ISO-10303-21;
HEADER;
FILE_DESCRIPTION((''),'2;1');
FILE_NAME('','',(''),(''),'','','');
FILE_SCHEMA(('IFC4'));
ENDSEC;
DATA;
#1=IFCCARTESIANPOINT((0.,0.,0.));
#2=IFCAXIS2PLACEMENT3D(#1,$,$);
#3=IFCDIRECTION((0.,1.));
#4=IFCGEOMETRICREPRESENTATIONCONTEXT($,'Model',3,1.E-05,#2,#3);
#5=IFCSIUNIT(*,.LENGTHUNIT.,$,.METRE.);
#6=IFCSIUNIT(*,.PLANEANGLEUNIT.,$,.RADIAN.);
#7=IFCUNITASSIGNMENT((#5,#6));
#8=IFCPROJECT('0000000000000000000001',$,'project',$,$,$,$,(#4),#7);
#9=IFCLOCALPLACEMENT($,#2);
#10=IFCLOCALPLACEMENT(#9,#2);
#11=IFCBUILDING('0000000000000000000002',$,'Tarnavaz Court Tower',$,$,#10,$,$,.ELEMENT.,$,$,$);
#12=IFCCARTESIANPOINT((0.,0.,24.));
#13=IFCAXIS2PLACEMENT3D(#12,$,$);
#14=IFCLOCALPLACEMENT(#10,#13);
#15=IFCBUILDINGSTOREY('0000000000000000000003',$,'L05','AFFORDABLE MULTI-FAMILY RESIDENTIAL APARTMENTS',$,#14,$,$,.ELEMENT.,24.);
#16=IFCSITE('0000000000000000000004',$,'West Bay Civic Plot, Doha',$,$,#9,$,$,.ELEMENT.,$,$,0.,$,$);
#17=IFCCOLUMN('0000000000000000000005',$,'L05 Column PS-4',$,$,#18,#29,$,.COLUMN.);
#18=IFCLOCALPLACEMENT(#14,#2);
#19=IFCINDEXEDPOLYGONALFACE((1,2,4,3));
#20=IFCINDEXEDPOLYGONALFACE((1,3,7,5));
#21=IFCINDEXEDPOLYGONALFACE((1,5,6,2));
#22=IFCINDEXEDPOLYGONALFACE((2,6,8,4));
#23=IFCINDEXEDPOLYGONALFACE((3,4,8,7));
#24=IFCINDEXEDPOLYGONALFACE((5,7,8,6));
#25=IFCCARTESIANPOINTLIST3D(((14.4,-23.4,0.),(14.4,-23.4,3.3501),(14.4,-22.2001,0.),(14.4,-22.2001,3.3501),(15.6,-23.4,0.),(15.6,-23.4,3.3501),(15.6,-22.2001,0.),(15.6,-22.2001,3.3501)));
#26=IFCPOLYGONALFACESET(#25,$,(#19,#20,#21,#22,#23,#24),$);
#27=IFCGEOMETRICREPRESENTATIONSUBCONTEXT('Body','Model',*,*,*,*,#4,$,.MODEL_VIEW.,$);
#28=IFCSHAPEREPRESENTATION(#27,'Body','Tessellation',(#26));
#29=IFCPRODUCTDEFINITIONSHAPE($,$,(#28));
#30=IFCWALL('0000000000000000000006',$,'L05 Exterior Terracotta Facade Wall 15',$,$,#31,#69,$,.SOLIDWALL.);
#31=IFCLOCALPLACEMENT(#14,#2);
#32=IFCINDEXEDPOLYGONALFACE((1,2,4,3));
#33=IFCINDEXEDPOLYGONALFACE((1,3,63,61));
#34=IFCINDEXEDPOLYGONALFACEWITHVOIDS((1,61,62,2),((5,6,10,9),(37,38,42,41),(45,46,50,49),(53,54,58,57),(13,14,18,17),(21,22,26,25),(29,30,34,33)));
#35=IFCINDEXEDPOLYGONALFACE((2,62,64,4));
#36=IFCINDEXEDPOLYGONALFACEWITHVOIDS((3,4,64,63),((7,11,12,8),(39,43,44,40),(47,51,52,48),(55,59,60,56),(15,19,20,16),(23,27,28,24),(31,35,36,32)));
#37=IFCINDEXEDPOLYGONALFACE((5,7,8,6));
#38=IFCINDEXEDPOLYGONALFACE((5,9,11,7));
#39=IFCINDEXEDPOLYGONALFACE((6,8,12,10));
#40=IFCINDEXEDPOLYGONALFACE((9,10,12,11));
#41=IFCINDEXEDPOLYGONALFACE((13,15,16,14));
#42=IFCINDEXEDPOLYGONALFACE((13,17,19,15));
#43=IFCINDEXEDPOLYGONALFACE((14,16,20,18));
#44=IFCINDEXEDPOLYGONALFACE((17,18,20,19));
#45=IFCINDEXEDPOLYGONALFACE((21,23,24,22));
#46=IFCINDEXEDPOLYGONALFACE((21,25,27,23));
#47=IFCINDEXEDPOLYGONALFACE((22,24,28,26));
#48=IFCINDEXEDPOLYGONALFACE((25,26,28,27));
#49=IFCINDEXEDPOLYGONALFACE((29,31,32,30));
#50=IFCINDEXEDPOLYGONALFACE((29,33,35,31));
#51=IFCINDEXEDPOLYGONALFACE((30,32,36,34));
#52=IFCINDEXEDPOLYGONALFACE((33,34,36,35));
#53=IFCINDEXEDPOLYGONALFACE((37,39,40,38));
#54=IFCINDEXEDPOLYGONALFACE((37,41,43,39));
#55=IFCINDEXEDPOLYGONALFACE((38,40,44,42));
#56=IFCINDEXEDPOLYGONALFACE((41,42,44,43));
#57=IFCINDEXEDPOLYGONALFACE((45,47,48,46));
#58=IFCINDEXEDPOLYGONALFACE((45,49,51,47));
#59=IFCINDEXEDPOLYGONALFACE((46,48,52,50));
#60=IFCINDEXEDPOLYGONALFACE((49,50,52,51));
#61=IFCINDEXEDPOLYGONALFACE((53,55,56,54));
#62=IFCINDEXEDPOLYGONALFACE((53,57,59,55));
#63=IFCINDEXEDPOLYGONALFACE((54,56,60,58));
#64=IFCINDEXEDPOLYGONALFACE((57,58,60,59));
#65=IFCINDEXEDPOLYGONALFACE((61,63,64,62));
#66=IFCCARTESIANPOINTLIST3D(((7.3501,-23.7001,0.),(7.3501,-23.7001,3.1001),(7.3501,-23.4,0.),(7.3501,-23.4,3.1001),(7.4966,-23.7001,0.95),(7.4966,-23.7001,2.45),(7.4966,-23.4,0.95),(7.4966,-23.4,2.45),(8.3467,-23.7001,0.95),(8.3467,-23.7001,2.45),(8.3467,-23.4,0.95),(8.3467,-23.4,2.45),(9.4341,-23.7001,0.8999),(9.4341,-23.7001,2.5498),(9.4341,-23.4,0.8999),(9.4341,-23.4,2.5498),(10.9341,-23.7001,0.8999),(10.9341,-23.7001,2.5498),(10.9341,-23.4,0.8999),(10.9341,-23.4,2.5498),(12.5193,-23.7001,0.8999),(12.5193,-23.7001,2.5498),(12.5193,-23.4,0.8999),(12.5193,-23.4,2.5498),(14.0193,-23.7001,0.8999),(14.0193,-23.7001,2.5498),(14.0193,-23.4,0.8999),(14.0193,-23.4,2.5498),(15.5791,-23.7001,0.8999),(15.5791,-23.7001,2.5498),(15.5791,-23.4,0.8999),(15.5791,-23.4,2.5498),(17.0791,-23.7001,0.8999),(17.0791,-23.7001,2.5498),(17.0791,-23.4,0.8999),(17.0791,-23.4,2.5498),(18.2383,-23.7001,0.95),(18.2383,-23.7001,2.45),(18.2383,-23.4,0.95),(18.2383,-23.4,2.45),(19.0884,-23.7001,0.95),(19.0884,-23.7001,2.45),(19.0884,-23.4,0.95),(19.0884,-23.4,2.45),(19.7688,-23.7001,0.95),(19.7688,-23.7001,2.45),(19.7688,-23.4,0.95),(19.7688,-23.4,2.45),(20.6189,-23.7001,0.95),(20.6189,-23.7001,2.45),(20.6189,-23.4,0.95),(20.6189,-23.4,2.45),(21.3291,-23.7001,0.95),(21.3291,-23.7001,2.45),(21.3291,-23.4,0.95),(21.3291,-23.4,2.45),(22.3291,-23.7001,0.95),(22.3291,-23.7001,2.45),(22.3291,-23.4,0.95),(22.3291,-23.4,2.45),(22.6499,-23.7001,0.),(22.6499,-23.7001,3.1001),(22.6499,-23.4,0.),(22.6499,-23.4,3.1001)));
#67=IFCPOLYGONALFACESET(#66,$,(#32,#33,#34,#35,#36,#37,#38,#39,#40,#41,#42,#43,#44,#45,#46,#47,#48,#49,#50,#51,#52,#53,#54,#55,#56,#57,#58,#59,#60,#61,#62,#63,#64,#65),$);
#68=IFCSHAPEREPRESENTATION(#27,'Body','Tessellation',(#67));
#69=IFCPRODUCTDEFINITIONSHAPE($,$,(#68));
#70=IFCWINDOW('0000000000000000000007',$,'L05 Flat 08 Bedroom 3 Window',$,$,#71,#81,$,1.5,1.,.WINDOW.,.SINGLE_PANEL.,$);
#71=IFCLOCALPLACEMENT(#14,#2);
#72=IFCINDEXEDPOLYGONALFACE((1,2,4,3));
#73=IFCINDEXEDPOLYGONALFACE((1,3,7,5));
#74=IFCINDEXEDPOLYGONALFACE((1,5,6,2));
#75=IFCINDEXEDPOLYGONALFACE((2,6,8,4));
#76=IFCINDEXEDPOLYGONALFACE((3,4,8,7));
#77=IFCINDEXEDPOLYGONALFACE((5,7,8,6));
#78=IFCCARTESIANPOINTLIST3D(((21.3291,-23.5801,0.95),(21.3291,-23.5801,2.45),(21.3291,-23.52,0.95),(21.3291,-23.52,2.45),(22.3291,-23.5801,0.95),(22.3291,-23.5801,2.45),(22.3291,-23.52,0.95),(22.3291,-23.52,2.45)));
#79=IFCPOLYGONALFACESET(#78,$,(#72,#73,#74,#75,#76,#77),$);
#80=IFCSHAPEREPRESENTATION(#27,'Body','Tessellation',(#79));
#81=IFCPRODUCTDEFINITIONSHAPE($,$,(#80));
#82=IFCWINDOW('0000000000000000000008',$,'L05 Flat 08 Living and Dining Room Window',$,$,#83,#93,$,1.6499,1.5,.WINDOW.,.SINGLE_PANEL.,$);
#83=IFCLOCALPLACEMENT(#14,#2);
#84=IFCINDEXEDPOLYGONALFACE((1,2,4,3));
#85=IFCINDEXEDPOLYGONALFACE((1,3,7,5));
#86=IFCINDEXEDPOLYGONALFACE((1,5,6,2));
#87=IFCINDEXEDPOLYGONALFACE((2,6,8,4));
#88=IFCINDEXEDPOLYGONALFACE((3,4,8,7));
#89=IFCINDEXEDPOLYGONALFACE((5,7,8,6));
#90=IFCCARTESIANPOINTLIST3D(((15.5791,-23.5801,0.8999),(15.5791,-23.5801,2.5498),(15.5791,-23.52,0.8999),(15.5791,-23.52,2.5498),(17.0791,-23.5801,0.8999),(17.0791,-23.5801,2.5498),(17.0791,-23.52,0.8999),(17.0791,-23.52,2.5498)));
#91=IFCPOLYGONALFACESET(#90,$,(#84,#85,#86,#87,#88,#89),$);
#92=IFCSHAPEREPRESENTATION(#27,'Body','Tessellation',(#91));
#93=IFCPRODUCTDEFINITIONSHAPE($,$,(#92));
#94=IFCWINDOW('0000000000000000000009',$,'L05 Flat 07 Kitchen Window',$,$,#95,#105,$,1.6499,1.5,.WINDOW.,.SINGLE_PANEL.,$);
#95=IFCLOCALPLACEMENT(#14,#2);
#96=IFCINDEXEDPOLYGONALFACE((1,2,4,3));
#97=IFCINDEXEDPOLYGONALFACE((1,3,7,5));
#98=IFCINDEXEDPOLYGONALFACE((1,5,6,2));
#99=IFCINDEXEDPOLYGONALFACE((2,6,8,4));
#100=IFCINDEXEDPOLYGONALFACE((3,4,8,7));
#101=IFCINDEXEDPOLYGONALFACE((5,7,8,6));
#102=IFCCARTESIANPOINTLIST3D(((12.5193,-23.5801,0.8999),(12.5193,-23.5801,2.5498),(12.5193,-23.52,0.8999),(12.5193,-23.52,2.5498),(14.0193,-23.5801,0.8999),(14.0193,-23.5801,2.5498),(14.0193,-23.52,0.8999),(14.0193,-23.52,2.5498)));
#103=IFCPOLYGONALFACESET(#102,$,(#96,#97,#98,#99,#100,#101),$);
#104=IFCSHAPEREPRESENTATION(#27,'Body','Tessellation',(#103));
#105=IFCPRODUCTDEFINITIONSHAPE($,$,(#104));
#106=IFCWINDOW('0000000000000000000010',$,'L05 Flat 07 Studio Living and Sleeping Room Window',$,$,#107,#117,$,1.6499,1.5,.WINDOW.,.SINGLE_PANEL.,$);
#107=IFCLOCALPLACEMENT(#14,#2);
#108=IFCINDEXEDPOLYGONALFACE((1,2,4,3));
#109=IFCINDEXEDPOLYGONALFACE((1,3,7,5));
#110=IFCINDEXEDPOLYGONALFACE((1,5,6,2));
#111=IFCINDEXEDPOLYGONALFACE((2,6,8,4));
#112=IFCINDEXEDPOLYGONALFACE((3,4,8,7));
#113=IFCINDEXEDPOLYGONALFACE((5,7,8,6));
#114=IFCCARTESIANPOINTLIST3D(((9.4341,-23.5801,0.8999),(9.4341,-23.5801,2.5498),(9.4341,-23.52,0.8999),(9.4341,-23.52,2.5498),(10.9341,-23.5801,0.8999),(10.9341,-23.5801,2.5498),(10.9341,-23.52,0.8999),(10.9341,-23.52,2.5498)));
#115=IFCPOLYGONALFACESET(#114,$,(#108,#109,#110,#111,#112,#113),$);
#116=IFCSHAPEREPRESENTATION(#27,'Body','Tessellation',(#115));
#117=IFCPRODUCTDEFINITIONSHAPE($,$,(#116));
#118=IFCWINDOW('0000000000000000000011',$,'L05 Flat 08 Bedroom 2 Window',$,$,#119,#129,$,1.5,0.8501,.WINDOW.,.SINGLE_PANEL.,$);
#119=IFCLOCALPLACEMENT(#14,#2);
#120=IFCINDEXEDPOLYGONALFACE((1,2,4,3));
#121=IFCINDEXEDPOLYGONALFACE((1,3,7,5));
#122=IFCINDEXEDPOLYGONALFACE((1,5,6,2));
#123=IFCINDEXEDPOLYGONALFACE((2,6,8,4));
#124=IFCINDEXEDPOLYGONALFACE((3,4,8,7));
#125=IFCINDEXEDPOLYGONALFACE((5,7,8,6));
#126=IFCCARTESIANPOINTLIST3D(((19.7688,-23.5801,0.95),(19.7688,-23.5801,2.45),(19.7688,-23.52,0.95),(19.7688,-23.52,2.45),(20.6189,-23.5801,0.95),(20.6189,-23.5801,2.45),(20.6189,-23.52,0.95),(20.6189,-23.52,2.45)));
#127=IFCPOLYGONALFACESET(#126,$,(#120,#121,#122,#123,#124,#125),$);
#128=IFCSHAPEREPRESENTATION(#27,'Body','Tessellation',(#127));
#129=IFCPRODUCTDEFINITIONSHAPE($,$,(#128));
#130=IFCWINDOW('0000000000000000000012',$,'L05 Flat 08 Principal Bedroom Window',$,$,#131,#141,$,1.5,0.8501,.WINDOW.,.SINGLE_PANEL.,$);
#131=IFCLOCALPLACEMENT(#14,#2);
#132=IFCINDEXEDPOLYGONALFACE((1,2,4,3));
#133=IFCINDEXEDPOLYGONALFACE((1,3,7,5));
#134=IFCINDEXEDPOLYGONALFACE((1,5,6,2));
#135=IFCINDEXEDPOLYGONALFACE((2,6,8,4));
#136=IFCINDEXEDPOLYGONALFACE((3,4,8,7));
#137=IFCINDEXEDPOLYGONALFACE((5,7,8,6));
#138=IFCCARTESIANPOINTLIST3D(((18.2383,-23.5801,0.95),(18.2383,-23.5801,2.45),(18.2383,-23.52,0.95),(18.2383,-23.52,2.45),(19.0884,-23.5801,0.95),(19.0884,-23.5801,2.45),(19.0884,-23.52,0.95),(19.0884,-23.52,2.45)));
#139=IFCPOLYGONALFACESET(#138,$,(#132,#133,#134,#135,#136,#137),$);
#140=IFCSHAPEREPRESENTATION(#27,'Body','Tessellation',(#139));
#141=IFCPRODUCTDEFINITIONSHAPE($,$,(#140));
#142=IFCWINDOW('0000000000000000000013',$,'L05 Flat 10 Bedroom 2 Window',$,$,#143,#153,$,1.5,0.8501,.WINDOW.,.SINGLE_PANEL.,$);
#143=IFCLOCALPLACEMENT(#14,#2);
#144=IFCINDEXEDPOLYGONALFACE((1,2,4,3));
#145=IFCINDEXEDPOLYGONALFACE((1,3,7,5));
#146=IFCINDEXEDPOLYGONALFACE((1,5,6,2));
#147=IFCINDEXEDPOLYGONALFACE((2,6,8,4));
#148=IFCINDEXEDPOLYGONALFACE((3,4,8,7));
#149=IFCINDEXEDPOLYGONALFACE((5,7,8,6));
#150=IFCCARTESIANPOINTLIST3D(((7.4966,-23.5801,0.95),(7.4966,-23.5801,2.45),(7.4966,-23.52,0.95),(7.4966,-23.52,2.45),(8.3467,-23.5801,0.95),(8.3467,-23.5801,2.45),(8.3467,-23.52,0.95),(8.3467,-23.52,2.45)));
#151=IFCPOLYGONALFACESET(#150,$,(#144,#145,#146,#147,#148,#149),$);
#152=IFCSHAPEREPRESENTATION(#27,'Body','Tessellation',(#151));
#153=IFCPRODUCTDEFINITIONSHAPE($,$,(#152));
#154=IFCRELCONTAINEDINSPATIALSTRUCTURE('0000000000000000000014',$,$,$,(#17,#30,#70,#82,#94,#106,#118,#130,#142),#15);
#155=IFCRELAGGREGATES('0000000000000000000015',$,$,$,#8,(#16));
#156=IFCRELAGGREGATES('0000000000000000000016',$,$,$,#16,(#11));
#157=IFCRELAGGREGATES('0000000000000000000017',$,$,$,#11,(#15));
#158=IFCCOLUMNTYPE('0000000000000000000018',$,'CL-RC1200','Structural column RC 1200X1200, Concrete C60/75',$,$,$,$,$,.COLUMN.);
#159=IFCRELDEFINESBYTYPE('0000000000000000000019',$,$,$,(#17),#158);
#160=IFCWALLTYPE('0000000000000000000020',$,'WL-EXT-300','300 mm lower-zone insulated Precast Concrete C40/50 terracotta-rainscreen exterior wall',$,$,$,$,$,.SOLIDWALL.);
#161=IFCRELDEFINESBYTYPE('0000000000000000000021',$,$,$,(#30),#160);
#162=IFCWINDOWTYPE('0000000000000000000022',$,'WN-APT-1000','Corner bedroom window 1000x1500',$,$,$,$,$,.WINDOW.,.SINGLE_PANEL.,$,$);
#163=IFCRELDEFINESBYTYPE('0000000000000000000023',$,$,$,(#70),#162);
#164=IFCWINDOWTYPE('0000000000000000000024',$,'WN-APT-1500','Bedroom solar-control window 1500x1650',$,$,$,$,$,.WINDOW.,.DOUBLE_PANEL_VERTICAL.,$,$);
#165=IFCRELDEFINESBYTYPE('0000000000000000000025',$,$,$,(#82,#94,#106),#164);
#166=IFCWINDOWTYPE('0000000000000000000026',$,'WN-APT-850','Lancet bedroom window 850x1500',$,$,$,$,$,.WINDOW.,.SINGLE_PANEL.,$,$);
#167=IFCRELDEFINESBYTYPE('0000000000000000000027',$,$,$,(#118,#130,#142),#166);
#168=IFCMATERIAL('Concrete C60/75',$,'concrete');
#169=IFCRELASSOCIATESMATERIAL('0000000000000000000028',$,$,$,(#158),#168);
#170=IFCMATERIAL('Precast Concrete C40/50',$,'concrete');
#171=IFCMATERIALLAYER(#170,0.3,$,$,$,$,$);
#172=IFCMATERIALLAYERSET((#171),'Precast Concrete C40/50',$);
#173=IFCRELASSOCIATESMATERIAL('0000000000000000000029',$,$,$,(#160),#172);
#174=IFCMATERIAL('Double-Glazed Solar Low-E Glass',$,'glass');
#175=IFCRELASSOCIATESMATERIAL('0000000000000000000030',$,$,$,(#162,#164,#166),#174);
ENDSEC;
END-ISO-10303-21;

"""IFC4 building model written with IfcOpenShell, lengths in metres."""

from ifc_helpers import new_model, si_unit, direction, frame, frame_2d, origin, origin_2d, place, context, subcontext, project, spatial, rectangle, extrude, material, layer, layer_set, material_profile, profile_set, type_object, element, fill, save


model = new_model("IFC4")

# Units and contexts
model_context = context("Model", 3, precision=1e-05, world=origin(), true_north=direction((0.0, 1.0)))
body_context = subcontext(model_context, "Body", "Model", "MODEL_VIEW")
ifc_project = project(units=[si_unit("LENGTHUNIT", "METRE"), si_unit("PLANEANGLEUNIT", "RADIAN")], contexts=[model_context])

# Site, building, storey
site_placement = place(None, origin())
site = spatial("IfcSite", under=ifc_project, at=site_placement, Name="West Bay Civic Plot, Doha", CompositionType="ELEMENT", RefElevation=0.0)
building_placement = place(site_placement, origin())
building = spatial("IfcBuilding", under=site, at=building_placement, Name="Tarnavaz Court Tower", CompositionType="ELEMENT")
storey_placement = place(building_placement, frame((0.0, 0.0, 24.0)))
storey = spatial("IfcBuildingStorey", under=building, at=storey_placement, Name="L05", Description="AFFORDABLE MULTI-FAMILY RESIDENTIAL APARTMENTS", CompositionType="ELEMENT", Elevation=24.0)

# Column
ifc_material_1 = material(Name="Concrete C60/75", Category="concrete")
ifc_material_profile_1 = material_profile(ifc_material_1, rectangle(XDim=1.2, YDim=1.2, at=origin_2d()), Name="RC 1200X1200")
ifc_profile_set_1 = profile_set([ifc_material_profile_1], Name="Concrete C60/75")
column_type = type_object("IfcColumnType", Name="CL-RC1200", Description="Structural column RC 1200X1200, Concrete C60/75", PredefinedType="COLUMN", material=ifc_profile_set_1)
column_placement = place(storey_placement, frame((15.0, -22.8, 0.0), z_axis=(0.0, 0.0, 1.0), x_axis=(1.0, 0.0, 0.0)))
element("IfcColumn", 1, at=column_placement, inside=storey, type_object=column_type, Name="L05 Column PS-4", PredefinedType="COLUMN", context=body_context, shape_type="SweptSolid", body=[
    extrude(rectangle(XDim=1.2, YDim=1.2, at=origin_2d()), origin(), (0.0, 0.0, 1.0), 3.3501),
])

# Wall, openings, windows
ifc_material_2 = material(Name="Precast Concrete C40/50", Category="concrete")
ifc_layer_1 = layer(ifc_material_2, 0.3)
ifc_layer_set_1 = layer_set([ifc_layer_1], Name="Precast Concrete C40/50")
wall_type_1 = type_object("IfcWallType", Name="WL-EXT-300", Description="300 mm lower-zone insulated Precast Concrete C40/50 terracotta-rainscreen exterior wall", PredefinedType="SOLIDWALL", material=ifc_layer_set_1)
wall_1_placement = place(storey_placement, frame((22.6499, -23.55, 0.0), z_axis=(0.0, 0.0, 1.0), x_axis=(-1.0, 0.0, 0.0)))
wall_1 = element("IfcWall", 2, at=wall_1_placement, inside=storey, type_object=wall_type_1, Name="L05 Exterior Terracotta Facade Wall 15", PredefinedType="SOLIDWALL", context=body_context, shape_type="SweptSolid", body=[
    extrude(rectangle(XDim=15.2998, YDim=0.3, at=frame_2d((7.6499, 0.0))), origin(), (0.0, 0.0, 1.0), 3.1001),
])
opening_1_placement = place(wall_1_placement, frame((0.3208, 0.0, 0.95)))
opening_1 = element("IfcOpeningElement", 3, at=opening_1_placement, cuts=wall_1, PredefinedType="OPENING", context=body_context, shape_type="SweptSolid", body=[
    extrude(rectangle(XDim=1.0, YDim=1.5, at=frame_2d((0.5, 0.75))), frame((0.0, 0.1599, 0.0), z_axis=(0.0, -1.0, 0.0), x_axis=(1.0, 0.0, 0.0)), (0.0, 0.0, 1.0), 0.3201),
])
opening_2_placement = place(wall_1_placement, frame((2.031, 0.0, 0.95)))
opening_2 = element("IfcOpeningElement", 4, at=opening_2_placement, cuts=wall_1, PredefinedType="OPENING", context=body_context, shape_type="SweptSolid", body=[
    extrude(rectangle(XDim=0.8501, YDim=1.5, at=frame_2d((0.425, 0.75))), frame((0.0, 0.1599, 0.0), z_axis=(0.0, -1.0, 0.0), x_axis=(1.0, 0.0, 0.0)), (0.0, 0.0, 1.0), 0.3201),
])
opening_3_placement = place(wall_1_placement, frame((3.5615, 0.0, 0.95)))
opening_3 = element("IfcOpeningElement", 5, at=opening_3_placement, cuts=wall_1, PredefinedType="OPENING", context=body_context, shape_type="SweptSolid", body=[
    extrude(rectangle(XDim=0.8501, YDim=1.5, at=frame_2d((0.425, 0.75))), frame((0.0, 0.1599, 0.0), z_axis=(0.0, -1.0, 0.0), x_axis=(1.0, 0.0, 0.0)), (0.0, 0.0, 1.0), 0.3201),
])
opening_4_placement = place(wall_1_placement, frame((5.5708, 0.0, 0.8999)))
opening_4 = element("IfcOpeningElement", 6, at=opening_4_placement, cuts=wall_1, PredefinedType="OPENING", context=body_context, shape_type="SweptSolid", body=[
    extrude(rectangle(XDim=1.5, YDim=1.6499, at=frame_2d((0.75, 0.825))), frame((0.0, 0.1599, 0.0), z_axis=(0.0, -1.0, 0.0), x_axis=(1.0, 0.0, 0.0)), (0.0, 0.0, 1.0), 0.3201),
])
opening_5_placement = place(wall_1_placement, frame((8.6306, 0.0, 0.8999)))
opening_5 = element("IfcOpeningElement", 7, at=opening_5_placement, cuts=wall_1, PredefinedType="OPENING", context=body_context, shape_type="SweptSolid", body=[
    extrude(rectangle(XDim=1.5, YDim=1.6499, at=frame_2d((0.75, 0.825))), frame((0.0, 0.1599, 0.0), z_axis=(0.0, -1.0, 0.0), x_axis=(1.0, 0.0, 0.0)), (0.0, 0.0, 1.0), 0.3201),
])
opening_6_placement = place(wall_1_placement, frame((11.7158, 0.0, 0.8999)))
opening_6 = element("IfcOpeningElement", 8, at=opening_6_placement, cuts=wall_1, PredefinedType="OPENING", context=body_context, shape_type="SweptSolid", body=[
    extrude(rectangle(XDim=1.5, YDim=1.6499, at=frame_2d((0.75, 0.825))), frame((0.0, 0.1599, 0.0), z_axis=(0.0, -1.0, 0.0), x_axis=(1.0, 0.0, 0.0)), (0.0, 0.0, 1.0), 0.3201),
])
opening_7_placement = place(wall_1_placement, frame((14.3032, 0.0, 0.95)))
opening_7 = element("IfcOpeningElement", 9, at=opening_7_placement, cuts=wall_1, PredefinedType="OPENING", context=body_context, shape_type="SweptSolid", body=[
    extrude(rectangle(XDim=0.8501, YDim=1.5, at=frame_2d((0.425, 0.75))), frame((0.0, 0.1599, 0.0), z_axis=(0.0, -1.0, 0.0), x_axis=(1.0, 0.0, 0.0)), (0.0, 0.0, 1.0), 0.3201),
])
ifc_material_3 = material(Name="Double-Glazed Solar Low-E Glass", Category="glass")
window_type_1 = type_object("IfcWindowType", Name="WN-APT-1000", Description="Corner bedroom window 1000x1500", PartitioningType="SINGLE_PANEL", PredefinedType="WINDOW", material=ifc_material_3)
window_1_placement = place(opening_1_placement, origin())
window_1 = element("IfcWindow", 10, at=window_1_placement, inside=storey, type_object=window_type_1, Name="L05 Flat 08 Bedroom 3 Window", OverallHeight=1.5, OverallWidth=1.0, PartitioningType="SINGLE_PANEL", PredefinedType="WINDOW", context=body_context, shape_type="SweptSolid", body=[
    extrude(rectangle(XDim=1.0, YDim=1.5, at=frame_2d((0.5, 0.75))), frame((0.0, 0.03, 0.0), z_axis=(0.0, -1.0, 0.0), x_axis=(1.0, 0.0, 0.0)), (0.0, 0.0, 1.0), 0.0601),
])
fill(opening_1, window_1)
window_type_2 = type_object("IfcWindowType", Name="WN-APT-1500", Description="Bedroom solar-control window 1500x1650", PartitioningType="DOUBLE_PANEL_VERTICAL", PredefinedType="WINDOW", material=ifc_material_3)
window_2_placement = place(opening_4_placement, origin())
window_2 = element("IfcWindow", 11, at=window_2_placement, inside=storey, type_object=window_type_2, Name="L05 Flat 08 Living and Dining Room Window", OverallHeight=1.6499, OverallWidth=1.5, PartitioningType="SINGLE_PANEL", PredefinedType="WINDOW", context=body_context, shape_type="SweptSolid", body=[
    extrude(rectangle(XDim=1.5, YDim=1.6499, at=frame_2d((0.75, 0.825))), frame((0.0, 0.03, 0.0), z_axis=(0.0, -1.0, 0.0), x_axis=(1.0, 0.0, 0.0)), (0.0, 0.0, 1.0), 0.0601),
])
fill(opening_4, window_2)
window_3_placement = place(opening_5_placement, origin())
window_3 = element("IfcWindow", 12, at=window_3_placement, inside=storey, type_object=window_type_2, Name="L05 Flat 07 Kitchen Window", OverallHeight=1.6499, OverallWidth=1.5, PartitioningType="SINGLE_PANEL", PredefinedType="WINDOW", context=body_context, shape_type="SweptSolid", body=[
    extrude(rectangle(XDim=1.5, YDim=1.6499, at=frame_2d((0.75, 0.825))), frame((0.0, 0.03, 0.0), z_axis=(0.0, -1.0, 0.0), x_axis=(1.0, 0.0, 0.0)), (0.0, 0.0, 1.0), 0.0601),
])
fill(opening_5, window_3)
window_4_placement = place(opening_6_placement, origin())
window_4 = element("IfcWindow", 13, at=window_4_placement, inside=storey, type_object=window_type_2, Name="L05 Flat 07 Studio Living and Sleeping Room Window", OverallHeight=1.6499, OverallWidth=1.5, PartitioningType="SINGLE_PANEL", PredefinedType="WINDOW", context=body_context, shape_type="SweptSolid", body=[
    extrude(rectangle(XDim=1.5, YDim=1.6499, at=frame_2d((0.75, 0.825))), frame((0.0, 0.03, 0.0), z_axis=(0.0, -1.0, 0.0), x_axis=(1.0, 0.0, 0.0)), (0.0, 0.0, 1.0), 0.0601),
])
fill(opening_6, window_4)
window_type_3 = type_object("IfcWindowType", Name="WN-APT-850", Description="Lancet bedroom window 850x1500", PartitioningType="SINGLE_PANEL", PredefinedType="WINDOW", material=ifc_material_3)
window_5_placement = place(opening_2_placement, origin())
window_5 = element("IfcWindow", 14, at=window_5_placement, inside=storey, type_object=window_type_3, Name="L05 Flat 08 Bedroom 2 Window", OverallHeight=1.5, OverallWidth=0.8501, PartitioningType="SINGLE_PANEL", PredefinedType="WINDOW", context=body_context, shape_type="SweptSolid", body=[
    extrude(rectangle(XDim=0.8501, YDim=1.5, at=frame_2d((0.425, 0.75))), frame((0.0, 0.03, 0.0), z_axis=(0.0, -1.0, 0.0), x_axis=(1.0, 0.0, 0.0)), (0.0, 0.0, 1.0), 0.0601),
])
fill(opening_2, window_5)
window_6_placement = place(opening_3_placement, origin())
window_6 = element("IfcWindow", 15, at=window_6_placement, inside=storey, type_object=window_type_3, Name="L05 Flat 08 Principal Bedroom Window", OverallHeight=1.5, OverallWidth=0.8501, PartitioningType="SINGLE_PANEL", PredefinedType="WINDOW", context=body_context, shape_type="SweptSolid", body=[
    extrude(rectangle(XDim=0.8501, YDim=1.5, at=frame_2d((0.425, 0.75))), frame((0.0, 0.03, 0.0), z_axis=(0.0, -1.0, 0.0), x_axis=(1.0, 0.0, 0.0)), (0.0, 0.0, 1.0), 0.0601),
])
fill(opening_3, window_6)
window_7_placement = place(opening_7_placement, origin())
window_7 = element("IfcWindow", 16, at=window_7_placement, inside=storey, type_object=window_type_3, Name="L05 Flat 10 Bedroom 2 Window", OverallHeight=1.5, OverallWidth=0.8501, PartitioningType="SINGLE_PANEL", PredefinedType="WINDOW", context=body_context, shape_type="SweptSolid", body=[
    extrude(rectangle(XDim=0.8501, YDim=1.5, at=frame_2d((0.425, 0.75))), frame((0.0, 0.03, 0.0), z_axis=(0.0, -1.0, 0.0), x_axis=(1.0, 0.0, 0.0)), (0.0, 0.0, 1.0), 0.0601),
])
fill(opening_7, window_7)

save(model, "model.ifc")
